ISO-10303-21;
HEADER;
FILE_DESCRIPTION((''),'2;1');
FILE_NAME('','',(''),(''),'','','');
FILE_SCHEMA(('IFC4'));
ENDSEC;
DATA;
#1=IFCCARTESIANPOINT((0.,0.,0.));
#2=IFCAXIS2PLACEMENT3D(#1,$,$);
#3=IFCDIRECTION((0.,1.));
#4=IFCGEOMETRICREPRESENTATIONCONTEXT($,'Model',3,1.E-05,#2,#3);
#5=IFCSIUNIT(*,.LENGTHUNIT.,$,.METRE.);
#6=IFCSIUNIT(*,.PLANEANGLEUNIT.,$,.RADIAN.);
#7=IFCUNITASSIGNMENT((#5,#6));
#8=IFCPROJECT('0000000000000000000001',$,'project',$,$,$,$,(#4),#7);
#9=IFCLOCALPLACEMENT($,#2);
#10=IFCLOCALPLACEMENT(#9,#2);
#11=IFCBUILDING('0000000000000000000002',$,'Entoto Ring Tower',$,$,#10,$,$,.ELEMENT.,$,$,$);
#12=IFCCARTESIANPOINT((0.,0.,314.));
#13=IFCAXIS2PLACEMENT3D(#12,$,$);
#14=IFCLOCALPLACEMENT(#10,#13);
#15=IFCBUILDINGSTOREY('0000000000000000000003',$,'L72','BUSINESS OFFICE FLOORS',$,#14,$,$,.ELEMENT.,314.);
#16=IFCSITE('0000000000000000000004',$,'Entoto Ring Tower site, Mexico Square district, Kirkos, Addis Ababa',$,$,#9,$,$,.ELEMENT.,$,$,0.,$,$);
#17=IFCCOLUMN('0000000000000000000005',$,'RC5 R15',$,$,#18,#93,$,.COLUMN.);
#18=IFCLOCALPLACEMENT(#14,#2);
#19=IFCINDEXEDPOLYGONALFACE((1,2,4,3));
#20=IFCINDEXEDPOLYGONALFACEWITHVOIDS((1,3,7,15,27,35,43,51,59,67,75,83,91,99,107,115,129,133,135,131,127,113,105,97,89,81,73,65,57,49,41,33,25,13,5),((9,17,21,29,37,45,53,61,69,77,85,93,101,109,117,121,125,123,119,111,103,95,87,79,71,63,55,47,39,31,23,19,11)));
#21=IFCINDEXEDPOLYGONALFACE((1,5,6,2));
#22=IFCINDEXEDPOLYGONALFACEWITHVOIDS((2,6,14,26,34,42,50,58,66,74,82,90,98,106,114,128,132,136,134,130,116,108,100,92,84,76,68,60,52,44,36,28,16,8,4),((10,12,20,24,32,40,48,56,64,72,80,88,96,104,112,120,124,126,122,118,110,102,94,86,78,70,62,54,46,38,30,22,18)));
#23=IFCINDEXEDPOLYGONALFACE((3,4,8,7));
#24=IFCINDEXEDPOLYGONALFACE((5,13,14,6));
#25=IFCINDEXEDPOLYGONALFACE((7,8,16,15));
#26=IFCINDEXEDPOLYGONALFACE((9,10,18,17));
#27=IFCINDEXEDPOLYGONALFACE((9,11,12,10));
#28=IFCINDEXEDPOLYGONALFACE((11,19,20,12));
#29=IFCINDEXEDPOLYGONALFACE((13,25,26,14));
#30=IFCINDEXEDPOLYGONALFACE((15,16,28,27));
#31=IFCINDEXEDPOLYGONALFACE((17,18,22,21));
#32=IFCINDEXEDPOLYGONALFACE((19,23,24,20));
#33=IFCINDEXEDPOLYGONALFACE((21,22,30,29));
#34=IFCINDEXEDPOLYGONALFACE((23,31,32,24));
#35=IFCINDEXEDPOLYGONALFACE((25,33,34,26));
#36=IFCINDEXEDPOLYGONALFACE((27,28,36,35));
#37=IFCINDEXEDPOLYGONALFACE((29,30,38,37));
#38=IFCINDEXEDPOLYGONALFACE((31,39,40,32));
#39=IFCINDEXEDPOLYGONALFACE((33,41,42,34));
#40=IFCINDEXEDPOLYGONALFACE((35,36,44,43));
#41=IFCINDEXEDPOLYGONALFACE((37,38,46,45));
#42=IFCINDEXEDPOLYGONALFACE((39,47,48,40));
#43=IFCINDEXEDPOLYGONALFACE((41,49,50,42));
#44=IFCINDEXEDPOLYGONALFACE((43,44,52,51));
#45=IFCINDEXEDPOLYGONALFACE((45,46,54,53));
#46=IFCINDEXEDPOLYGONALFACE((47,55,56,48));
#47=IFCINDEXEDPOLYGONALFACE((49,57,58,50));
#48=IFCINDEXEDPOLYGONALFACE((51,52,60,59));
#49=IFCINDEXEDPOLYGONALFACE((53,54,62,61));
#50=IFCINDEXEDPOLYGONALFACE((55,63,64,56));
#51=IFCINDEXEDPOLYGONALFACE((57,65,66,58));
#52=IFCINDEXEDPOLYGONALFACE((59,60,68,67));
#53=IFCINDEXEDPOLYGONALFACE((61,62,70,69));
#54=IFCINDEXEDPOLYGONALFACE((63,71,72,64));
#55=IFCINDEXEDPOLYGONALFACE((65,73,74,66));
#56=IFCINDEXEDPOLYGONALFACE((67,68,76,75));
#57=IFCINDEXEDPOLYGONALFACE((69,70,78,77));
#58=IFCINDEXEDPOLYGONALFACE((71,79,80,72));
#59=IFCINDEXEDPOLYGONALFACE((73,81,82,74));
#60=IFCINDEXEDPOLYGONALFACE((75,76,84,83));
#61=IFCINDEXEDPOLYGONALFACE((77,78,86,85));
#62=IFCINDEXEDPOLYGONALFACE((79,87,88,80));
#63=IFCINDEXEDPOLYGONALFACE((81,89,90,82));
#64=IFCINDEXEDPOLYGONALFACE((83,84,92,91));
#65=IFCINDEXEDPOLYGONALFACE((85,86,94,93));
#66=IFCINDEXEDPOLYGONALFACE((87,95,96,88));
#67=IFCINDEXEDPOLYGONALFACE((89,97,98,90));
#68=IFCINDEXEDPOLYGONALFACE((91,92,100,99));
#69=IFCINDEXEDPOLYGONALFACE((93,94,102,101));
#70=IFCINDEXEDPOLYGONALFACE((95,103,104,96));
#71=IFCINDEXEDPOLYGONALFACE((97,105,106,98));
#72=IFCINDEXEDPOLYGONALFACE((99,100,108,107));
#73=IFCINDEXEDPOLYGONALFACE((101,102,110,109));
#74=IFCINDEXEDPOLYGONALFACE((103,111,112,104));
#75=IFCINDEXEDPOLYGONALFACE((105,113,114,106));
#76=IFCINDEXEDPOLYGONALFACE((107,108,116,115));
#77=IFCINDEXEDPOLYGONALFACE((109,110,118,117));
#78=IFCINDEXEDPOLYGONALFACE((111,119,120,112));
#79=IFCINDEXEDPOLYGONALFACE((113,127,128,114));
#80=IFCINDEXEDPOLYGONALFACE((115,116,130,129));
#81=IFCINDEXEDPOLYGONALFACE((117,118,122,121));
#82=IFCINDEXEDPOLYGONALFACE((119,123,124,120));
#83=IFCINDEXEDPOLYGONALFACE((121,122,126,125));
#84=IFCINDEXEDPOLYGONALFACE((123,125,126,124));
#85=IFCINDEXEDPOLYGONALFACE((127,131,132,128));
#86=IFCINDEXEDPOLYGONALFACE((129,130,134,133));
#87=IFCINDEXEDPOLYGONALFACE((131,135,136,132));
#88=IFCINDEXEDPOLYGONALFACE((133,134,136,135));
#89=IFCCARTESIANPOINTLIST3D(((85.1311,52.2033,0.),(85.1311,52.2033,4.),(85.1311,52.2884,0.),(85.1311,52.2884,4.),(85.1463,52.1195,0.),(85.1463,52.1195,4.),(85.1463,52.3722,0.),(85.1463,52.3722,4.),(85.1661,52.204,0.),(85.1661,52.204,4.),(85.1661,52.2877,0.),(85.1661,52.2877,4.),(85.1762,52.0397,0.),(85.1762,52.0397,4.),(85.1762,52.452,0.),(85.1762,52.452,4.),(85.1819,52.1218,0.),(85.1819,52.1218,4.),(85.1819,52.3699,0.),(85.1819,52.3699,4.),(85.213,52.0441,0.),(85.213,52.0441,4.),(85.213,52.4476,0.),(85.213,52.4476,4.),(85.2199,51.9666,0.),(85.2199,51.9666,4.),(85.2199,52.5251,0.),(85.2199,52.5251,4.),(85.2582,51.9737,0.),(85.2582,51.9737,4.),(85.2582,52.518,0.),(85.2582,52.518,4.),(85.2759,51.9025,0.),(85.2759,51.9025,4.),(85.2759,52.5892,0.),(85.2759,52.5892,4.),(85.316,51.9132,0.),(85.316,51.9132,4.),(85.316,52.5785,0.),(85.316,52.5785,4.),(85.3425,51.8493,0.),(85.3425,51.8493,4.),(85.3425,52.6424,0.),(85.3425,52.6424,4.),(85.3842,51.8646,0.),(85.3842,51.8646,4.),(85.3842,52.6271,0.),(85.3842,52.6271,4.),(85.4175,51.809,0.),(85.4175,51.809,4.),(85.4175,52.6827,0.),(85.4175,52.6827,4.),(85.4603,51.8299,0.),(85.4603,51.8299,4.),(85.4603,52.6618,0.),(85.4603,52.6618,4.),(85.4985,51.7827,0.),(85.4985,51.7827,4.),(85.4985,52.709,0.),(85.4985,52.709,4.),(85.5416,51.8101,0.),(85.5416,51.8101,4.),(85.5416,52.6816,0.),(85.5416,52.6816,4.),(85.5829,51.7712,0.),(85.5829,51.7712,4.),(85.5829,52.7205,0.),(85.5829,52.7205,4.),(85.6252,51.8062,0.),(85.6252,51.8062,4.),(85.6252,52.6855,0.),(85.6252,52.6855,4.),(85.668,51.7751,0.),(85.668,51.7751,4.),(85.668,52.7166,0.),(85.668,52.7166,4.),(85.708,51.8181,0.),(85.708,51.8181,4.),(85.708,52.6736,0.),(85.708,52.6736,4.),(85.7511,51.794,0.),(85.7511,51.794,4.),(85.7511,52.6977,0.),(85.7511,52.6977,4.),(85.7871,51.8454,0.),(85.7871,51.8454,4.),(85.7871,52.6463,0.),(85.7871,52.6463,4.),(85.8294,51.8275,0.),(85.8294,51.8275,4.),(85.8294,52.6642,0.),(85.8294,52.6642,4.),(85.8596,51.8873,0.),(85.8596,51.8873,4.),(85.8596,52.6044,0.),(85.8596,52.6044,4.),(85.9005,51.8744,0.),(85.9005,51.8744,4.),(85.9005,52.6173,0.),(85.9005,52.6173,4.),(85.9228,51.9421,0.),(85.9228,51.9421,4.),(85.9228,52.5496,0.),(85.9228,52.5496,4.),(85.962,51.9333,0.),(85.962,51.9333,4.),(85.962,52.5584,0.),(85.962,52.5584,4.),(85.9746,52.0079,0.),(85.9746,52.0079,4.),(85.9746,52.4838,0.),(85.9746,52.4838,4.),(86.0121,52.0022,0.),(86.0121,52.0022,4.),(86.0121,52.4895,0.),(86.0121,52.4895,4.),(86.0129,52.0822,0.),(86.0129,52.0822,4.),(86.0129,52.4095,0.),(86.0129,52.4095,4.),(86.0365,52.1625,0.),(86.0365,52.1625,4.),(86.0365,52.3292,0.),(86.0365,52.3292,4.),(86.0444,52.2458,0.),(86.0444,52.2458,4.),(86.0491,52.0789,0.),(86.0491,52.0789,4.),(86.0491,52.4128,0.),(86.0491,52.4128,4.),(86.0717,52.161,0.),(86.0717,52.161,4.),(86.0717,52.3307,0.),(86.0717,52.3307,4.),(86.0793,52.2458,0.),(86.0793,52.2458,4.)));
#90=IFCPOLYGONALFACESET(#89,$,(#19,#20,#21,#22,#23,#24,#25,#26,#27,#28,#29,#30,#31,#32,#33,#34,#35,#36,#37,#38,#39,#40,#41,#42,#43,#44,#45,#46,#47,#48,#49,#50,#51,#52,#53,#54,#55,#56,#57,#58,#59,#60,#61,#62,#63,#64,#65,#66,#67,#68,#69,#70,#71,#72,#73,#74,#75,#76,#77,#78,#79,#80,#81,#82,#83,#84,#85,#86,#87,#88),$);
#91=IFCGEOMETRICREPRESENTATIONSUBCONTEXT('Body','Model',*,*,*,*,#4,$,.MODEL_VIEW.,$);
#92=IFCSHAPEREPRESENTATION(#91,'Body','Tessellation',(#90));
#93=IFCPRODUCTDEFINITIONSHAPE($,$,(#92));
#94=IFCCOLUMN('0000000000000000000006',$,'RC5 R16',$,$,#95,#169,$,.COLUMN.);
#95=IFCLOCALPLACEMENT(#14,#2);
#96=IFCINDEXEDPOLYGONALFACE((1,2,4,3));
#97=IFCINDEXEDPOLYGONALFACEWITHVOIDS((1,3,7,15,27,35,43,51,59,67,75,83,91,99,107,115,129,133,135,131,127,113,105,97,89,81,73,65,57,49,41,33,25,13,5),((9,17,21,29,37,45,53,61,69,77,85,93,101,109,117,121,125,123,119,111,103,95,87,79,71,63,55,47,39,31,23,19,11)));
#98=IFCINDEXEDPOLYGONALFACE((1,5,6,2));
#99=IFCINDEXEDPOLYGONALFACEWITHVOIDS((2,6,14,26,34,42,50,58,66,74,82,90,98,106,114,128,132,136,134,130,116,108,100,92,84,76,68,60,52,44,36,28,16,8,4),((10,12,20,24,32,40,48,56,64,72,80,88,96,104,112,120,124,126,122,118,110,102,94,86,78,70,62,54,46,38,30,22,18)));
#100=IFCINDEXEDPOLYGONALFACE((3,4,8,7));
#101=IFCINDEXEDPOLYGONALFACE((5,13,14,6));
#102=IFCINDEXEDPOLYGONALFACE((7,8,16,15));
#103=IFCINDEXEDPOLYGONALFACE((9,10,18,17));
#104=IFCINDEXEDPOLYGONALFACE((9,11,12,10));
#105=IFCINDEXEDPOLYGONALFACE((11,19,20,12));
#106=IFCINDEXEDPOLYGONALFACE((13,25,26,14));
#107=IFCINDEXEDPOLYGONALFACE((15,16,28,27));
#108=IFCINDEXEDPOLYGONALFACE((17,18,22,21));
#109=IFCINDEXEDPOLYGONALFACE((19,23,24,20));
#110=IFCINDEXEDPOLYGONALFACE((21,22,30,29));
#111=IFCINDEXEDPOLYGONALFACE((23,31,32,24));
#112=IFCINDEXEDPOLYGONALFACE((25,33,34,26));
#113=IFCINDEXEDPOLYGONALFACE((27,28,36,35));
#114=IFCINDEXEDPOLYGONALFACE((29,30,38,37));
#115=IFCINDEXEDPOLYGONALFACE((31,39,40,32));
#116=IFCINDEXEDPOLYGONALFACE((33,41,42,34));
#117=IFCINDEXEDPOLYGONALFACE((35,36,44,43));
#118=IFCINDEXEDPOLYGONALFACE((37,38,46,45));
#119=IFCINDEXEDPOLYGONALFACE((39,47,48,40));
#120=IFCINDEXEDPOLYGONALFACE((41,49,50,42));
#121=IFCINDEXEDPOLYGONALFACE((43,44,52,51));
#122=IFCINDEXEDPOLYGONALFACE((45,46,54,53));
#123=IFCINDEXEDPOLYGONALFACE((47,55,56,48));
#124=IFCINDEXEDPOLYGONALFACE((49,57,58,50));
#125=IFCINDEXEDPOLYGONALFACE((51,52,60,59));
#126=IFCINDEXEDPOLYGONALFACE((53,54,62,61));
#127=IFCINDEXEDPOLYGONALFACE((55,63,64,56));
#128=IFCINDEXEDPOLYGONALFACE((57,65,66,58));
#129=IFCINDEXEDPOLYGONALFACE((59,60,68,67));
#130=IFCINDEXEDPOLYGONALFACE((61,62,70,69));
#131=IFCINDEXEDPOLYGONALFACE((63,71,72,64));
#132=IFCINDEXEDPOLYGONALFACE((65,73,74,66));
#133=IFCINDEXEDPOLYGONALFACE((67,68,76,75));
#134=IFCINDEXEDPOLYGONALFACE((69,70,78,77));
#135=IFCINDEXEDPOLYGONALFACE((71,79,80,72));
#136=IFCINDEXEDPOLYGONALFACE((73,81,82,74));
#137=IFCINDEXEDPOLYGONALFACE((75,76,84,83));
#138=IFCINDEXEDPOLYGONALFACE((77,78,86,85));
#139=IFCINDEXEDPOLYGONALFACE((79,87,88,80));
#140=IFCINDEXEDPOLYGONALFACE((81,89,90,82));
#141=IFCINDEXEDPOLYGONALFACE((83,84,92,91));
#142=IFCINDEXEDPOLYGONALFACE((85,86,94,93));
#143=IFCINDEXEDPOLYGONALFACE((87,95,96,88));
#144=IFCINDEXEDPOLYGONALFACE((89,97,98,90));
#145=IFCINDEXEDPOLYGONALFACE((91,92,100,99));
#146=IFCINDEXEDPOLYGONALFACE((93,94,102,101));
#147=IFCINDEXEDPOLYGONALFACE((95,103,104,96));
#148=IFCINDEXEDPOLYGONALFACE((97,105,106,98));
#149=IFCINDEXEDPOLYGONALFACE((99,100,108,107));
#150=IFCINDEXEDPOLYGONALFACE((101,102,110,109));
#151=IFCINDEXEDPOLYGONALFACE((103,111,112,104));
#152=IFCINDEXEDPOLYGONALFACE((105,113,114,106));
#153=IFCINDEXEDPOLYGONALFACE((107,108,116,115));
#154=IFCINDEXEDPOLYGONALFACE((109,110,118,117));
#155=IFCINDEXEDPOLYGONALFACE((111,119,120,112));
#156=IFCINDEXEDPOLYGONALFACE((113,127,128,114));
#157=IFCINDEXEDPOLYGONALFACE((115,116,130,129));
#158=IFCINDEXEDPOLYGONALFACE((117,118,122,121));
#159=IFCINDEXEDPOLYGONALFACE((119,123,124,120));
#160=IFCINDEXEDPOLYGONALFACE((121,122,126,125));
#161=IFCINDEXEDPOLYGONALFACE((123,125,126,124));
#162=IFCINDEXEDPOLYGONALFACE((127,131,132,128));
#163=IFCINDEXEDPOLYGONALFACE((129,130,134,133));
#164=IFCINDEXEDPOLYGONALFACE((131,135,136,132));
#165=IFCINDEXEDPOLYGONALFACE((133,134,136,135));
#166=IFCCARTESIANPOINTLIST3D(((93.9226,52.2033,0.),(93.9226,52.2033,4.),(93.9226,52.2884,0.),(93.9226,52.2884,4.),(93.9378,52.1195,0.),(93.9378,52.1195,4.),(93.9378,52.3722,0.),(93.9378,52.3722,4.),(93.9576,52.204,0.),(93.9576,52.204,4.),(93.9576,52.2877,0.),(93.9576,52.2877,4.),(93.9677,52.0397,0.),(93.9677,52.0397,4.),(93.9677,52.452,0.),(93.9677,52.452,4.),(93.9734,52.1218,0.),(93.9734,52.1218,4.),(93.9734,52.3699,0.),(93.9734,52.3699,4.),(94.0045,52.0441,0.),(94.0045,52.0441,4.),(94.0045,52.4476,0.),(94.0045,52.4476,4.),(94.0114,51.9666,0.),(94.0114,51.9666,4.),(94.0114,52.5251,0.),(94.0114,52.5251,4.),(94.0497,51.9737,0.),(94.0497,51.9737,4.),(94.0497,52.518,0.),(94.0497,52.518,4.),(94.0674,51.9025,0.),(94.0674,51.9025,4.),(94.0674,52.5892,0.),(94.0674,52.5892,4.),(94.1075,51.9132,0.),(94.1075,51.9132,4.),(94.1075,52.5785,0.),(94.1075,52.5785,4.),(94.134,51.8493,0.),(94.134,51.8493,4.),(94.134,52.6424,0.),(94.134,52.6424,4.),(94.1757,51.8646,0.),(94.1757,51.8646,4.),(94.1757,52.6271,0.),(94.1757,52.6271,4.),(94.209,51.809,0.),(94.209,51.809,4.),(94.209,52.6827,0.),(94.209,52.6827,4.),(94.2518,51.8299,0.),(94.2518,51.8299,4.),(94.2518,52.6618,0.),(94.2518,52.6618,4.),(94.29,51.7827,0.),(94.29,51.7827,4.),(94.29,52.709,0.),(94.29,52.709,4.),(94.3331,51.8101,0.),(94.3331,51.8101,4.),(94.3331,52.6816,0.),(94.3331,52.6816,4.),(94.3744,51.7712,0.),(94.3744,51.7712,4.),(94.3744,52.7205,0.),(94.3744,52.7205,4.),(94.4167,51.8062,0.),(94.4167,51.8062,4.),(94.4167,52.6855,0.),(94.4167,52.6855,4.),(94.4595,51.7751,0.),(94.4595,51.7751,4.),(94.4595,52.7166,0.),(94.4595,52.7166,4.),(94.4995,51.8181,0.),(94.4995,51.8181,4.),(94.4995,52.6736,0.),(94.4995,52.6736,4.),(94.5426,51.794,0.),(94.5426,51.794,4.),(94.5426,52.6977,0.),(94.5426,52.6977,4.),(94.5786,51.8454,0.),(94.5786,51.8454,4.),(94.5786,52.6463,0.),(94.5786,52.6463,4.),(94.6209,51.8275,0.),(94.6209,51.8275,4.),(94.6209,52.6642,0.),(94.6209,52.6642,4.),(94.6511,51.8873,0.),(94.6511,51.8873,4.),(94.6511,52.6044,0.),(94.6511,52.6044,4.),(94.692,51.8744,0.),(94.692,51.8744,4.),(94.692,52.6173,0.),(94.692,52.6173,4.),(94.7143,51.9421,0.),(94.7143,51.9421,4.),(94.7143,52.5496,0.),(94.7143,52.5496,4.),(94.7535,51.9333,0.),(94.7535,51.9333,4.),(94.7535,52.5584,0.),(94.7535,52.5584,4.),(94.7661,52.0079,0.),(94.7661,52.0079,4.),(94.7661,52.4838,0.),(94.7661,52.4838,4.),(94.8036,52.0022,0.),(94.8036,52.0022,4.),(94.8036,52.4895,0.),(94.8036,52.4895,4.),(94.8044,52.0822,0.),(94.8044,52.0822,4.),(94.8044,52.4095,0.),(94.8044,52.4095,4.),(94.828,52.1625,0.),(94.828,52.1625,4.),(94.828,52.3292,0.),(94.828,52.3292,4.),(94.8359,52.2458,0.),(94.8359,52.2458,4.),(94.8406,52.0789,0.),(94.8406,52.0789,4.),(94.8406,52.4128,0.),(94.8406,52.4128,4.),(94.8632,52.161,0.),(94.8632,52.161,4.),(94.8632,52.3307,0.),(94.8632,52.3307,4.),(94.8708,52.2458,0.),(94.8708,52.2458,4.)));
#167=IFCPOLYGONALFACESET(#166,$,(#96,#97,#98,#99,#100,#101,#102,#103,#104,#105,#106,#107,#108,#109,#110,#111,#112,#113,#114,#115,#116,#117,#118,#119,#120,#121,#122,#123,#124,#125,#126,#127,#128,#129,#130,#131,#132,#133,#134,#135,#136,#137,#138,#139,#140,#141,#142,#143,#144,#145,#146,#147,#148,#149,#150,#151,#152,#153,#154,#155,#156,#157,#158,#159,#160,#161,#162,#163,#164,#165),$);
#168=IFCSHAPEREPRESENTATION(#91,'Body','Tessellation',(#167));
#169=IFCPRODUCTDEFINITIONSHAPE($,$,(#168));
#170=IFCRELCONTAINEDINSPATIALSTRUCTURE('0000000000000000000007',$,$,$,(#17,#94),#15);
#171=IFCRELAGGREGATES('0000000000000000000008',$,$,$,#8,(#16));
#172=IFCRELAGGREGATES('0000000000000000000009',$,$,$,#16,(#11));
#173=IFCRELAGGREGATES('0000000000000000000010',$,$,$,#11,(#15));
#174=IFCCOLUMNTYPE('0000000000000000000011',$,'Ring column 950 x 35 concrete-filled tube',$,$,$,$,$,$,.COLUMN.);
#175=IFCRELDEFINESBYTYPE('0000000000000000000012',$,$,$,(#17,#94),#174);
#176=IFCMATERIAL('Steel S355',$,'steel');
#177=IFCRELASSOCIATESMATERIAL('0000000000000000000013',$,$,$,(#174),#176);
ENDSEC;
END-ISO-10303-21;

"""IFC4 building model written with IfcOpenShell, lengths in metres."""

from ifc_helpers import new_model, si_unit, direction, frame, origin, origin_2d, place, context, subcontext, project, spatial, circle, hollow_circle, extrude, material, material_profile, profile_set, type_object, element, save


model = new_model("IFC4")

# Units and contexts
model_context = context("Model", 3, precision=1e-05, world=origin(), true_north=direction((0.0, 1.0)))
body_context = subcontext(model_context, "Body", "Model", "MODEL_VIEW")
ifc_project = project(units=[si_unit("LENGTHUNIT", "METRE"), si_unit("PLANEANGLEUNIT", "RADIAN")], contexts=[model_context])

# Site, building, storey
site_placement = place(None, origin())
site = spatial("IfcSite", under=ifc_project, at=site_placement, Name="Entoto Ring Tower site, Mexico Square district, Kirkos, Addis Ababa", CompositionType="ELEMENT", RefElevation=0.0)
building_placement = place(site_placement, origin())
building = spatial("IfcBuilding", under=site, at=building_placement, Name="Entoto Ring Tower", CompositionType="ELEMENT")
storey_placement = place(building_placement, frame((0.0, 0.0, 314.0)))
storey = spatial("IfcBuildingStorey", under=building, at=storey_placement, Name="L72", Description="BUSINESS OFFICE FLOORS", CompositionType="ELEMENT", Elevation=314.0)

# Columns
ifc_material_1 = material(Name="Steel S355", Category="steel")
ifc_material_profile_1 = material_profile(ifc_material_1, hollow_circle(Radius=0.4751, WallThickness=0.0349, at=origin_2d()), Name="CHS 950 x 35")
ifc_material_2 = material(Name="Concrete C60/75", Category="concrete")
ifc_material_profile_2 = material_profile(ifc_material_2, circle(Radius=0.4399, at=origin_2d()), Name="Concrete C60/75 infill")
ifc_profile_set_1 = profile_set([ifc_material_profile_1, ifc_material_profile_2], Name="Steel S355")
column_type = type_object("IfcColumnType", Name="Ring column 950 x 35 concrete-filled tube", PredefinedType="COLUMN", material=ifc_profile_set_1)
for number, where, z_axis, x_axis, name in (
    (1, (85.6042, 52.2458, 0.0), (0.0, 0.0, 1.0), (1.0, 0.0, 0.0), "RC5 R15"),
    (2, (94.3958, 52.2458, 0.0), (0.0, 0.0, 1.0), (1.0, 0.0, 0.0), "RC5 R16"),
):
    element("IfcColumn", number, at=place(storey_placement, frame(where, z_axis=z_axis, x_axis=x_axis)), inside=storey, type_object=column_type, Name=name, PredefinedType="COLUMN", context=body_context, shape_type="SweptSolid", body=[
        extrude(hollow_circle(Radius=0.4751, WallThickness=0.0349, at=origin_2d()), origin(), (0.0, 0.0, 1.0), 4.0),
    ])

save(model, "model.ifc")
